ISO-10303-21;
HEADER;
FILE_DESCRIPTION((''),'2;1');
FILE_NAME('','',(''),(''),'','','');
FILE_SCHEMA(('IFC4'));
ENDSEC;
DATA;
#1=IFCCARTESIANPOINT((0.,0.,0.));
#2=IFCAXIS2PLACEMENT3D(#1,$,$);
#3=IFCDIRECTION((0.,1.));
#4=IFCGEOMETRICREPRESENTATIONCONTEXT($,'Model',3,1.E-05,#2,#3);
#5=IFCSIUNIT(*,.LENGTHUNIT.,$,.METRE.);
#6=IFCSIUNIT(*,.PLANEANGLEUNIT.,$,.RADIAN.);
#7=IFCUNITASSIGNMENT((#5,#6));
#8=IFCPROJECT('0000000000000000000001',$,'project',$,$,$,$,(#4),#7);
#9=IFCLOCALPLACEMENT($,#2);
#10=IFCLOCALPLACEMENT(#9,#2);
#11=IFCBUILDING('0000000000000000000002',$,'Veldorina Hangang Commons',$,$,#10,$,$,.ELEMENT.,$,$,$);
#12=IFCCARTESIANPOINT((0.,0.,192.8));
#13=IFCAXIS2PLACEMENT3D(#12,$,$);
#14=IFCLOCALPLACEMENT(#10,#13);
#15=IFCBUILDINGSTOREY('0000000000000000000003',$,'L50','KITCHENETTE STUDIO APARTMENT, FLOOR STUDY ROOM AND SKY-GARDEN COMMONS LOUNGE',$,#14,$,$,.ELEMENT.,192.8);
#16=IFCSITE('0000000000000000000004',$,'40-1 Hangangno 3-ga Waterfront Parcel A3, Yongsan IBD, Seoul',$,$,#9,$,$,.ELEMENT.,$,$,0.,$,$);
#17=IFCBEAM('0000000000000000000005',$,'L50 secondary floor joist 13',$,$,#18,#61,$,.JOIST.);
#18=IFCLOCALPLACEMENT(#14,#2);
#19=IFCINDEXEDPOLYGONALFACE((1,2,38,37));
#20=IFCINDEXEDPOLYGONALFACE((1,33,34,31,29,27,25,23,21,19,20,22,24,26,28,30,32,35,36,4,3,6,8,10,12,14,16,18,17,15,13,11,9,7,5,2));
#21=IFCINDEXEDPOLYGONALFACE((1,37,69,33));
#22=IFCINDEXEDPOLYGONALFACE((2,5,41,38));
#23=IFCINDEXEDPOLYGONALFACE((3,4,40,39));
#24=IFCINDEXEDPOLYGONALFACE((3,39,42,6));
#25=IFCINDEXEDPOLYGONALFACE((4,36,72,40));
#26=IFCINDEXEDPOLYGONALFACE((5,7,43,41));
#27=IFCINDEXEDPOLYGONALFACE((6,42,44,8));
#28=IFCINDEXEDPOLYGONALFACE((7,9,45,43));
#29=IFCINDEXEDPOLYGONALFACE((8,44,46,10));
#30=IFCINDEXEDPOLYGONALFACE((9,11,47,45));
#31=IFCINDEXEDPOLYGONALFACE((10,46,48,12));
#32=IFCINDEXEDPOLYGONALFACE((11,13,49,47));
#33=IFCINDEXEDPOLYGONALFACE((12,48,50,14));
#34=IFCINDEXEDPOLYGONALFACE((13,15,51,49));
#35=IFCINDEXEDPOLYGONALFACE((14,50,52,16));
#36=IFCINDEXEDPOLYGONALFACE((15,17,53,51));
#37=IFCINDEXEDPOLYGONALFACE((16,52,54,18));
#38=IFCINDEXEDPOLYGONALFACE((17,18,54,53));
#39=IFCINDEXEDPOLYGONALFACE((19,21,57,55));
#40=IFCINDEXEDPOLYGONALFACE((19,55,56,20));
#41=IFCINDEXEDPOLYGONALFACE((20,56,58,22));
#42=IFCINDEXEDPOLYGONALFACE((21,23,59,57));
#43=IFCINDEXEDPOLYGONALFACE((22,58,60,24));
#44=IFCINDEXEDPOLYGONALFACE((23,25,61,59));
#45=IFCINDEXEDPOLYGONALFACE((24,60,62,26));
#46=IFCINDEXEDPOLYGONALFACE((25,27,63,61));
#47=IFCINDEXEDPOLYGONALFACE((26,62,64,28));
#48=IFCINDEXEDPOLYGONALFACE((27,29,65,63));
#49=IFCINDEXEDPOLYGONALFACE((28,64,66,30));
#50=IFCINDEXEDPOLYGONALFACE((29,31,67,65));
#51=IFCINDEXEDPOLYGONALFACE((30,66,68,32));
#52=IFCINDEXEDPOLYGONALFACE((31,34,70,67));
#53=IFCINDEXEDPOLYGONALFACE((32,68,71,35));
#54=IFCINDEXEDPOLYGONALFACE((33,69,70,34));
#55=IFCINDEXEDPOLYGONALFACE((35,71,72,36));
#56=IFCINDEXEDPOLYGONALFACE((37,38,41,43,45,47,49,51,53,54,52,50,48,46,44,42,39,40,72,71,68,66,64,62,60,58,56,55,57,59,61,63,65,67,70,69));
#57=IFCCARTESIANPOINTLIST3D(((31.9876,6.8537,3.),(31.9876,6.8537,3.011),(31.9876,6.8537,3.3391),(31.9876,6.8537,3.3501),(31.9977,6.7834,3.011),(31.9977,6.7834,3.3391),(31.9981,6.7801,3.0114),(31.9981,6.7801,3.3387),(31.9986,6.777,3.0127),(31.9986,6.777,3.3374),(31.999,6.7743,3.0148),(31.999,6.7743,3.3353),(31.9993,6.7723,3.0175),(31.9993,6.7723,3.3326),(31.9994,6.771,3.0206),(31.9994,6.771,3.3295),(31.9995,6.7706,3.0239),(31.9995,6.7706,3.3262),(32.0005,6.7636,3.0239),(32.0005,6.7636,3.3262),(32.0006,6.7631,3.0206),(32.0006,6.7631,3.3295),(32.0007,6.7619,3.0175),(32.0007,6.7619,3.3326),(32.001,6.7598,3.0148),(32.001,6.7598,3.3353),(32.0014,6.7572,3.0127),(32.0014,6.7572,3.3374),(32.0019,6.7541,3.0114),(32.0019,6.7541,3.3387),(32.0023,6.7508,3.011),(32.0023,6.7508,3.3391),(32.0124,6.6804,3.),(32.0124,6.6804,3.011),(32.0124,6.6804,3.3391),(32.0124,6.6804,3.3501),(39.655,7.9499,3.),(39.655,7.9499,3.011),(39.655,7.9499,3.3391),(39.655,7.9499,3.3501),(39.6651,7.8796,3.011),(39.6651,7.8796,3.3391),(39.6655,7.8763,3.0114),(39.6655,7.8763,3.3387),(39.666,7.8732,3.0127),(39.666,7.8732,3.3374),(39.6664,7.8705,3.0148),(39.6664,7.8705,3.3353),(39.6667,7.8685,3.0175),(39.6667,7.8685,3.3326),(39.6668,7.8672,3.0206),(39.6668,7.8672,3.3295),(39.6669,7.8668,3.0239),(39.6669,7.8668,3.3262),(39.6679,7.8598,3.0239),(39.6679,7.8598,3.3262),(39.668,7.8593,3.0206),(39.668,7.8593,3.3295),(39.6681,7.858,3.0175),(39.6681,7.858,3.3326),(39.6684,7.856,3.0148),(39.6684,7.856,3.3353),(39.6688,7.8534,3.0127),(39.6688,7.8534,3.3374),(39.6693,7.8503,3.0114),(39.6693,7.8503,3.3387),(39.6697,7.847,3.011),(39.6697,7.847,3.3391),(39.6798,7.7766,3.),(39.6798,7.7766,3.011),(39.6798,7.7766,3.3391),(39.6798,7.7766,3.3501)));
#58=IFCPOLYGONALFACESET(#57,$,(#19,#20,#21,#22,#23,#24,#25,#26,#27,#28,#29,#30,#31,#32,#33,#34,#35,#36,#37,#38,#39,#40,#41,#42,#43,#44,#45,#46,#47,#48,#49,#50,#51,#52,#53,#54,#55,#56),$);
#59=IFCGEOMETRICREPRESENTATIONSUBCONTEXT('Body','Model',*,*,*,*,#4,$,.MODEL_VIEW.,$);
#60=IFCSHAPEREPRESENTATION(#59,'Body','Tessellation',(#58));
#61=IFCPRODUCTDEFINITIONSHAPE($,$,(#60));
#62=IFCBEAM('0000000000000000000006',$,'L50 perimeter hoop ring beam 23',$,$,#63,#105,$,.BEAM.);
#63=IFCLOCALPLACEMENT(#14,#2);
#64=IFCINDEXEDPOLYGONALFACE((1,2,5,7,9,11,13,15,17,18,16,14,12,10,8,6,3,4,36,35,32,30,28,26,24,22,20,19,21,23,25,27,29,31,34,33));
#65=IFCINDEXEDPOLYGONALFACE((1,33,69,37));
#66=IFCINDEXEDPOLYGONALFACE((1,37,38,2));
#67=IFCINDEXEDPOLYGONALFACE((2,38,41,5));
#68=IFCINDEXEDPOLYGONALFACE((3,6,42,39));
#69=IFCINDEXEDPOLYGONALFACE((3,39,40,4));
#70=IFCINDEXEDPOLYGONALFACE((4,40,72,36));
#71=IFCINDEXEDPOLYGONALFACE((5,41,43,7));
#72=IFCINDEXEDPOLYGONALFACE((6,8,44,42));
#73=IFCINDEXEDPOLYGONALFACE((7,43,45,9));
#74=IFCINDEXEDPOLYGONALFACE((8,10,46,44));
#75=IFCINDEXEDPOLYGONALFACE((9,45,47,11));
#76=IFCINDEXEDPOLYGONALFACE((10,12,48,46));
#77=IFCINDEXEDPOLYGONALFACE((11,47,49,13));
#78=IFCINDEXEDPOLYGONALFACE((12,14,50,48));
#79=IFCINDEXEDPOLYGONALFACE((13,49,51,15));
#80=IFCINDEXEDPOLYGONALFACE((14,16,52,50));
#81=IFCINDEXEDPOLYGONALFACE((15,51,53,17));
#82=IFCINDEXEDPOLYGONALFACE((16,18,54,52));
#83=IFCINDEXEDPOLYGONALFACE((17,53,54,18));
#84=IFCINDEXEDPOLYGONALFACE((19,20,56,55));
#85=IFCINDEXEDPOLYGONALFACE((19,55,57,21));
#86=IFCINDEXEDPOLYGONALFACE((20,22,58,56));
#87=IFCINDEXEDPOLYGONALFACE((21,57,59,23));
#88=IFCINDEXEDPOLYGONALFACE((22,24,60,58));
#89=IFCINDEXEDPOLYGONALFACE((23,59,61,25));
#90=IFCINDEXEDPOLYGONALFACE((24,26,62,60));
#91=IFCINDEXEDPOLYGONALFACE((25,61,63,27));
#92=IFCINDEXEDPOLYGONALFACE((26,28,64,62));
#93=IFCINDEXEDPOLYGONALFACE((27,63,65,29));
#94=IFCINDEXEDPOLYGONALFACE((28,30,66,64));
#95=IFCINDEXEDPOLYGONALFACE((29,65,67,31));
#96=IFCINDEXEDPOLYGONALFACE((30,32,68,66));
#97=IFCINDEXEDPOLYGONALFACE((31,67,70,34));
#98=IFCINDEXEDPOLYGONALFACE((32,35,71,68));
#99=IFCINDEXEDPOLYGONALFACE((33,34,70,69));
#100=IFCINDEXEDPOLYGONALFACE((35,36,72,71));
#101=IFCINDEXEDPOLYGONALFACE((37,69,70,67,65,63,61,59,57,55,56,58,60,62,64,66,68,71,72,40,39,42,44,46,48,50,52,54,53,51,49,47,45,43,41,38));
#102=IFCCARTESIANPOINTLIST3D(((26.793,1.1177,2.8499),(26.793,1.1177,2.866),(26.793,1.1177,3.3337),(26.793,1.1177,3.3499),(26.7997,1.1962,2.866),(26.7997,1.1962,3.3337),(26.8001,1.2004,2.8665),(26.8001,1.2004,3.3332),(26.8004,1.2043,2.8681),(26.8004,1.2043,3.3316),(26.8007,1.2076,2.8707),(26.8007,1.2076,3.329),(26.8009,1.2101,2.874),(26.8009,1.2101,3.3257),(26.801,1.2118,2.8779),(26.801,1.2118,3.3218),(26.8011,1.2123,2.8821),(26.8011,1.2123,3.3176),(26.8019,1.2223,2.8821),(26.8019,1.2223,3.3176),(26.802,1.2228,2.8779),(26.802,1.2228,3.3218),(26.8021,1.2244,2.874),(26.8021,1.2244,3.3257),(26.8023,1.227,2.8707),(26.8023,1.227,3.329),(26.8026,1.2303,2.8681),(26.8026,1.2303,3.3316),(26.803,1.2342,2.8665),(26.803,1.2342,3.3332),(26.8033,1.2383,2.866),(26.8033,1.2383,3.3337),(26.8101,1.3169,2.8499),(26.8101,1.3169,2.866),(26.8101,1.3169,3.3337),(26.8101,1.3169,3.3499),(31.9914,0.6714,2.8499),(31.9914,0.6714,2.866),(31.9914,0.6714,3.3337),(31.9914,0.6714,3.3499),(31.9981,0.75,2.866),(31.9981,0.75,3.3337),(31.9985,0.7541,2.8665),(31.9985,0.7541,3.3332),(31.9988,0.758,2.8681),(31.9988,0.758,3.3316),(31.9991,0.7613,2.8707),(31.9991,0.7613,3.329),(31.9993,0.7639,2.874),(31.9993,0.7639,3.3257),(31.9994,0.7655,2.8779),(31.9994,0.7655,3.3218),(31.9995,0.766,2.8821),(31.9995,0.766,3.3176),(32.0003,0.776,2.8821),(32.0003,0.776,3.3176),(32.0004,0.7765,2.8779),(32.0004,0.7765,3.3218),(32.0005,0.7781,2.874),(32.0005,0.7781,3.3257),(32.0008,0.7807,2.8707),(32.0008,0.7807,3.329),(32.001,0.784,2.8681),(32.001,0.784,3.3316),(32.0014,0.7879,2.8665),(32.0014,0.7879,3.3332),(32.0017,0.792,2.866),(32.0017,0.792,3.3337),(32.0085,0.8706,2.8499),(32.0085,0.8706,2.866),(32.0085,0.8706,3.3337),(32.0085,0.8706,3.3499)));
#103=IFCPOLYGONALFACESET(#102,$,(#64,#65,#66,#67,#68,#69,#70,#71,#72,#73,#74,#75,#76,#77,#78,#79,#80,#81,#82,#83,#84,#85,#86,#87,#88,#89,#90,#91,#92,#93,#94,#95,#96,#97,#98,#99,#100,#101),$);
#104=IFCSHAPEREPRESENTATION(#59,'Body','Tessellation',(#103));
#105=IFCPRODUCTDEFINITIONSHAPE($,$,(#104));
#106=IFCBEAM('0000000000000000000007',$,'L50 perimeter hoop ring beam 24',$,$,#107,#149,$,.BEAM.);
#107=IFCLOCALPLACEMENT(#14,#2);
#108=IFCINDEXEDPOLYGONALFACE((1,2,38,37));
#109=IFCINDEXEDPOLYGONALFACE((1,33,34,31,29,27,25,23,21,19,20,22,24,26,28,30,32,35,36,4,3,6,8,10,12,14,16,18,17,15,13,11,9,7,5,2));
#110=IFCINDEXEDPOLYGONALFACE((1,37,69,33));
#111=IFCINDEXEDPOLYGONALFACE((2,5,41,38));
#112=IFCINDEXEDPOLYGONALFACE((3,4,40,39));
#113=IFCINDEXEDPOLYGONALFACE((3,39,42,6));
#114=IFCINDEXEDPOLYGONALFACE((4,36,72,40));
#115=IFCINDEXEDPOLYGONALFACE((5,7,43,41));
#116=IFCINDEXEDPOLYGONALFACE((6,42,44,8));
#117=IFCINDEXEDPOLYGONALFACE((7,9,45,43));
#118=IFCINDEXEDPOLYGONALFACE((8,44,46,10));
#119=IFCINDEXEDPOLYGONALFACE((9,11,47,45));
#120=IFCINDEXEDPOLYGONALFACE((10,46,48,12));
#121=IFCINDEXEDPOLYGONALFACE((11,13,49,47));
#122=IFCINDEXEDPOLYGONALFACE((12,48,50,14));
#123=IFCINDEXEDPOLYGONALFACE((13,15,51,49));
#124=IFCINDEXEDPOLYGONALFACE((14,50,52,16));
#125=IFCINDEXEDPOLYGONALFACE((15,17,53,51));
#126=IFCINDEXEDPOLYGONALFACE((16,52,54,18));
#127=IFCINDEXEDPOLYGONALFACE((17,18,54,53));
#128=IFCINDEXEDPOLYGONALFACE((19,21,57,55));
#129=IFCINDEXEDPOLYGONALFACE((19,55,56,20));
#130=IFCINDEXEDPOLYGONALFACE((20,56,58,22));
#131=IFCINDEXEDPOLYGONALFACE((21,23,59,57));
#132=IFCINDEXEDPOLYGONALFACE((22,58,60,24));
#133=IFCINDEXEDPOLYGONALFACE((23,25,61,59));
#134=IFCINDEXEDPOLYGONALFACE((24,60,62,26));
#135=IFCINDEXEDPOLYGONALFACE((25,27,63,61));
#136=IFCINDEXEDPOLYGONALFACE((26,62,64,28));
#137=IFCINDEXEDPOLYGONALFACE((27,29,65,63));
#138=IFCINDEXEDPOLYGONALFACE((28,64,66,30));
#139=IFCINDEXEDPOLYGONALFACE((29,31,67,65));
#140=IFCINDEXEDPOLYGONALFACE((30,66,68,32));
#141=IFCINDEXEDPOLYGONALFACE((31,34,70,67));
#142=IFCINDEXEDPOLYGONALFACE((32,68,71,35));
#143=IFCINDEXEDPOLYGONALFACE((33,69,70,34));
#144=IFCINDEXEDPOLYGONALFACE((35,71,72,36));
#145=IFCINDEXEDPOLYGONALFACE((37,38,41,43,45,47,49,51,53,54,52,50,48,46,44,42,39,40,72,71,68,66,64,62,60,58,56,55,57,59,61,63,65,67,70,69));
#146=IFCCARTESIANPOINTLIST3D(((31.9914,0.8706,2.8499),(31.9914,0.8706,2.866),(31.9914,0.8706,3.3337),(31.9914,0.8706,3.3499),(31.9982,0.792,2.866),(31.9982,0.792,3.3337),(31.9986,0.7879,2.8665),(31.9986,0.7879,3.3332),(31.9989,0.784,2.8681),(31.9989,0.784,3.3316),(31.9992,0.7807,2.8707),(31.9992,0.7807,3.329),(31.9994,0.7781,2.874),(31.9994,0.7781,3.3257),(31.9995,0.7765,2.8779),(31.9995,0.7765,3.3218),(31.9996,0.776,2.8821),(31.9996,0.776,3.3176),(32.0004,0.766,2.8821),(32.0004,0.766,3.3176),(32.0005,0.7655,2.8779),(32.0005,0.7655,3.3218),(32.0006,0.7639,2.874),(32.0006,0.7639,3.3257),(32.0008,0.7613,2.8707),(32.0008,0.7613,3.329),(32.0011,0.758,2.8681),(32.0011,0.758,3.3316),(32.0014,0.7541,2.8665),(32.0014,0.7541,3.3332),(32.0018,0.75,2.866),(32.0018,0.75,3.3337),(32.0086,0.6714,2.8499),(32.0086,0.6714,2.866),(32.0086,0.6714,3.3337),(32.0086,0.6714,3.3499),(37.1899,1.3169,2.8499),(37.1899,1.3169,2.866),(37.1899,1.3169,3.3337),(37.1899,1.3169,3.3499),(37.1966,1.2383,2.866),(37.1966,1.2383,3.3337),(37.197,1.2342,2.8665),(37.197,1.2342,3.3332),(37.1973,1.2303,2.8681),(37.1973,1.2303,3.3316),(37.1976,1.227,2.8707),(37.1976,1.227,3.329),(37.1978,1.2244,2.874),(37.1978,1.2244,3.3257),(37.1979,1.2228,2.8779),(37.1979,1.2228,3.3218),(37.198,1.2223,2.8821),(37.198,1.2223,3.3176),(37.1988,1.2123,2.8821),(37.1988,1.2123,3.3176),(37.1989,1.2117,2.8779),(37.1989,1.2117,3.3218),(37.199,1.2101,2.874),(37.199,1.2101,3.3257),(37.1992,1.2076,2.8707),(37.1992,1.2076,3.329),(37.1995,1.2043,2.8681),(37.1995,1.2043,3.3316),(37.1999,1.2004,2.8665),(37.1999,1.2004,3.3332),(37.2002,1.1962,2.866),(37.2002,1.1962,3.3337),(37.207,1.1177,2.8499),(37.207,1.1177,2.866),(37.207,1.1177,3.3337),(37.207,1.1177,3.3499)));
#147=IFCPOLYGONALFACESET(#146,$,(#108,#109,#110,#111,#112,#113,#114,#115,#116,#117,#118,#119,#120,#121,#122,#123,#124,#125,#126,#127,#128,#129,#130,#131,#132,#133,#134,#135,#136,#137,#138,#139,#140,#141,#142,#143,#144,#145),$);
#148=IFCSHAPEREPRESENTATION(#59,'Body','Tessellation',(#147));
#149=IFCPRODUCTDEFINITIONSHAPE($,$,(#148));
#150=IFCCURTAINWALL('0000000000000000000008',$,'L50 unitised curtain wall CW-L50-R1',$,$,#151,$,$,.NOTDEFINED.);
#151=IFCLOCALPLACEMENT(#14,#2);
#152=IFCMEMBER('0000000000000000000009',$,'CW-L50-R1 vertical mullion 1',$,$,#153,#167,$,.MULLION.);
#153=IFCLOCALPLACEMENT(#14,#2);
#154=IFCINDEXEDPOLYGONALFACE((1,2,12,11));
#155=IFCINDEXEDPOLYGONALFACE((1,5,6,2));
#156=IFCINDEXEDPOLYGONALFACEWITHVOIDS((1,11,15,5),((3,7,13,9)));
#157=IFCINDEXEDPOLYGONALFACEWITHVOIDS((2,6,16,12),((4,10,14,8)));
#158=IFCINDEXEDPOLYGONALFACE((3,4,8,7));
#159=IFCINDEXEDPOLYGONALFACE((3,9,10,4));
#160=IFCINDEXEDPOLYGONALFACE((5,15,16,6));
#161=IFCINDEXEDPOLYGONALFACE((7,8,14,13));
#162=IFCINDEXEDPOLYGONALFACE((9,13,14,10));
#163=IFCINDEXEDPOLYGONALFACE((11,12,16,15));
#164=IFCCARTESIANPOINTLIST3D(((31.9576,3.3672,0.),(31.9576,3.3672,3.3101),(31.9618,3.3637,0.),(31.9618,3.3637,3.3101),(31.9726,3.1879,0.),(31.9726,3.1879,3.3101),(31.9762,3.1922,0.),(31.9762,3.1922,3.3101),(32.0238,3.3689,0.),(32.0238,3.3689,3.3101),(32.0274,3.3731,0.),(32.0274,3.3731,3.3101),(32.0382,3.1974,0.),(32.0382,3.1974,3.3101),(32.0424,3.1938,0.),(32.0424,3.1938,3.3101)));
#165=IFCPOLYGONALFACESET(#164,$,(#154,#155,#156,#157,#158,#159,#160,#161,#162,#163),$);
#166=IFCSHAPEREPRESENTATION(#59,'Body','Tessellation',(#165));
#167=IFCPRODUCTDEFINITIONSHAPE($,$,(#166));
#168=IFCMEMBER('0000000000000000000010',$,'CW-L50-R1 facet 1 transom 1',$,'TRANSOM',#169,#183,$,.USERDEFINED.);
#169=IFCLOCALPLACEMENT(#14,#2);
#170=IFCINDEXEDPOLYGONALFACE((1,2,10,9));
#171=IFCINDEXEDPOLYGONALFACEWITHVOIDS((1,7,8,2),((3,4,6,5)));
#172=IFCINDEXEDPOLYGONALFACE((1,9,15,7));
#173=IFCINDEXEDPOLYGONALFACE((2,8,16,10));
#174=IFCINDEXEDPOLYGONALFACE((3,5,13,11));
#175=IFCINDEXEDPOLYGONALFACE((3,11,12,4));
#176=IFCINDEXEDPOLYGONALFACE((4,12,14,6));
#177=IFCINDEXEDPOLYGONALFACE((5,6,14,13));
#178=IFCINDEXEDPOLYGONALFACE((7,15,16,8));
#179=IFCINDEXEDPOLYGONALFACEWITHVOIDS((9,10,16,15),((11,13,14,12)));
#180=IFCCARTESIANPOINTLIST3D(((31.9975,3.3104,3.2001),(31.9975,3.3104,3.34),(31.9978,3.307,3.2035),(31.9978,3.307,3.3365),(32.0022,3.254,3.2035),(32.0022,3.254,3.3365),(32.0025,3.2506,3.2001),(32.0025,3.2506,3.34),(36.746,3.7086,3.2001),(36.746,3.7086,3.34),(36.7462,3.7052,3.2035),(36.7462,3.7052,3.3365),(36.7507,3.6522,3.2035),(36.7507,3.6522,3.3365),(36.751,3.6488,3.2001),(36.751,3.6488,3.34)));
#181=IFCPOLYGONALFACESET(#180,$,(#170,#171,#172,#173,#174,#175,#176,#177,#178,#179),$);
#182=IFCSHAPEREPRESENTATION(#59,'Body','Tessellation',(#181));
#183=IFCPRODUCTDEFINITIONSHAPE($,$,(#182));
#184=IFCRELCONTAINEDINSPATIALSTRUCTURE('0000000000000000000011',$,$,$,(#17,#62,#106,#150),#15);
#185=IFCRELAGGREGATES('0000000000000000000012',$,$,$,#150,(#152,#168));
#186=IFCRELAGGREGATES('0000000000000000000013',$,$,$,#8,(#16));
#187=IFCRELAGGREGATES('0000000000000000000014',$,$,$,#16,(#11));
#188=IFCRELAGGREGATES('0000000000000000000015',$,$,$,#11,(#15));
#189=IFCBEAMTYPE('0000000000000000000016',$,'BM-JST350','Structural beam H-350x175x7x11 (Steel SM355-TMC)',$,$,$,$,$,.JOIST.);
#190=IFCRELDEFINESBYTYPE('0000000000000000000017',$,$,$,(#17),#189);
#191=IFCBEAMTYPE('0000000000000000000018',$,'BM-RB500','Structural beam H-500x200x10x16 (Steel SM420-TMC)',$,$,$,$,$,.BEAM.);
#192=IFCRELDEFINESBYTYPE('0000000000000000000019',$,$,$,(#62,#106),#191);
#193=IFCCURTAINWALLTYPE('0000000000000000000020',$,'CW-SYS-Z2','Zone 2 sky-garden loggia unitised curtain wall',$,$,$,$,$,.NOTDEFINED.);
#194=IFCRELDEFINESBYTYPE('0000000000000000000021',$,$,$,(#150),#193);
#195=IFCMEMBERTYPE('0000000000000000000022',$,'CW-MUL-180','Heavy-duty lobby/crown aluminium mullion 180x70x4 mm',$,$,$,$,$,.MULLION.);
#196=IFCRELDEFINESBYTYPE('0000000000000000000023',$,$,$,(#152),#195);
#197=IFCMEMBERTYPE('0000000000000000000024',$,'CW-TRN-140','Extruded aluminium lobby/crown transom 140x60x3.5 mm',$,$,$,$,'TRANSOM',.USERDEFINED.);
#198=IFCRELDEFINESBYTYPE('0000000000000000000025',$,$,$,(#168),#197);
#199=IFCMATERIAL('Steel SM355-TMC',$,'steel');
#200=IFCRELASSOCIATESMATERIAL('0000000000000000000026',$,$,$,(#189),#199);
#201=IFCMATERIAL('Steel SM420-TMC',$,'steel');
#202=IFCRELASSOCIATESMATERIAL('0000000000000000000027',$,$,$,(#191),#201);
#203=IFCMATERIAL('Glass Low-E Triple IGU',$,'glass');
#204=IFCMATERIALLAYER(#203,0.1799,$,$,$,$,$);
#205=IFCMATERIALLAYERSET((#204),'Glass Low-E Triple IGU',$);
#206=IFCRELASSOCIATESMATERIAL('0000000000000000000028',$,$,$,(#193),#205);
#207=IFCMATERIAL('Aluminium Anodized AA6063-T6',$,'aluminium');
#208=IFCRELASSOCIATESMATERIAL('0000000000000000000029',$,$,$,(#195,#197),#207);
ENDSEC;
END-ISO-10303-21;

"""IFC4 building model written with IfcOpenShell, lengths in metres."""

from ifc_helpers import new_model, si_unit, direction, frame, origin, origin_2d, place, context, subcontext, project, spatial, hollow_rectangle, i_section, extrude, material, layer, layer_set, material_profile, profile_set, type_object, element, aggregate, save


model = new_model("IFC4")

# Units and contexts
model_context = context("Model", 3, precision=1e-05, world=origin(), true_north=direction((0.0, 1.0)))
body_context = subcontext(model_context, "Body", "Model", "MODEL_VIEW")
ifc_project = project(units=[si_unit("LENGTHUNIT", "METRE"), si_unit("PLANEANGLEUNIT", "RADIAN")], contexts=[model_context])

# Site, building, storey
site_placement = place(None, origin())
site = spatial("IfcSite", under=ifc_project, at=site_placement, Name="40-1 Hangangno 3-ga Waterfront Parcel A3, Yongsan IBD, Seoul", CompositionType="ELEMENT", RefElevation=0.0)
building_placement = place(site_placement, origin())
building = spatial("IfcBuilding", under=site, at=building_placement, Name="Veldorina Hangang Commons", CompositionType="ELEMENT")
storey_placement = place(building_placement, frame((0.0, 0.0, 192.8)))
storey = spatial("IfcBuildingStorey", under=building, at=storey_placement, Name="L50", Description="KITCHENETTE STUDIO APARTMENT, FLOOR STUDY ROOM AND SKY-GARDEN COMMONS LOUNGE", CompositionType="ELEMENT", Elevation=192.8)

# Beams
ifc_material_1 = material(Name="Steel SM355-TMC", Category="steel")
ifc_material_profile_1 = material_profile(ifc_material_1, i_section(OverallWidth=0.175, OverallDepth=0.3501, WebThickness=0.0071, FlangeThickness=0.011, FilletRadius=0.0129, at=origin_2d()), Name="H-350x175x7x11")
ifc_profile_set_1 = profile_set([ifc_material_profile_1], Name="Steel SM355-TMC")
beam_type_1 = type_object("IfcBeamType", Name="BM-JST350", Description="Structural beam H-350x175x7x11 (Steel SM355-TMC)", PredefinedType="JOIST", material=ifc_profile_set_1)
beam_placement = place(storey_placement, frame((32.0, 6.7671, 3.175), z_axis=(0.989934, 0.141527, 0.0), x_axis=(-0.141527, 0.989934, 0.0)))
element("IfcBeam", 1, at=beam_placement, inside=storey, type_object=beam_type_1, Name="L50 secondary floor joist 13", PredefinedType="JOIST", context=body_context, shape_type="SweptSolid", body=[
    extrude(i_section(OverallWidth=0.175, OverallDepth=0.3501, WebThickness=0.0071, FlangeThickness=0.011, FilletRadius=0.0129, at=origin_2d()), origin(), (0.0, 0.0, 1.0), 7.7454),
])
ifc_material_2 = material(Name="Steel SM420-TMC", Category="steel")
ifc_material_profile_2 = material_profile(ifc_material_2, i_section(OverallWidth=0.2, OverallDepth=0.5, WebThickness=0.01, FlangeThickness=0.0161, FilletRadius=0.0161, at=origin_2d()), Name="H-500x200x10x16")
ifc_profile_set_2 = profile_set([ifc_material_profile_2], Name="Steel SM420-TMC")
beam_type_2 = type_object("IfcBeamType", Name="BM-RB500", Description="Structural beam H-500x200x10x16 (Steel SM420-TMC)", PredefinedType="BEAM", material=ifc_profile_set_2)
for number, where, z_axis, x_axis, name in (
    (2, (26.8015, 1.2173, 3.0999), (0.996335, -0.085535, 0.0), (0.085535, 0.996335, 0.0), "L50 perimeter hoop ring beam 23"),
    (3, (32.0, 0.771, 3.0999), (0.996335, 0.085535, 0.0), (-0.085535, 0.996335, 0.0), "L50 perimeter hoop ring beam 24"),
):
    element("IfcBeam", number, at=place(storey_placement, frame(where, z_axis=z_axis, x_axis=x_axis)), inside=storey, type_object=beam_type_2, Name=name, PredefinedType="BEAM", context=body_context, shape_type="SweptSolid", body=[
        extrude(i_section(OverallWidth=0.2, OverallDepth=0.5, WebThickness=0.01, FlangeThickness=0.0161, FilletRadius=0.0161, at=origin_2d()), origin(), (0.0, 0.0, 1.0), 5.2175),
    ])

# Curtain wall, members
ifc_material_3 = material(Name="Glass Low-E Triple IGU", Category="glass")
ifc_layer_1 = layer(ifc_material_3, 0.1799)
ifc_layer_set_1 = layer_set([ifc_layer_1], Name="Glass Low-E Triple IGU")
curtain_wall_type = type_object("IfcCurtainWallType", Name="CW-SYS-Z2", Description="Zone 2 sky-garden loggia unitised curtain wall", PredefinedType="NOTDEFINED", material=ifc_layer_set_1)
curtain_wall_placement = place(storey_placement, origin())
curtain_wall = element("IfcCurtainWall", 4, at=curtain_wall_placement, inside=storey, type_object=curtain_wall_type, Name="L50 unitised curtain wall CW-L50-R1", PredefinedType="NOTDEFINED")
ifc_material_4 = material(Name="Aluminium Anodized AA6063-T6", Category="aluminium")
ifc_material_profile_3 = material_profile(ifc_material_4, hollow_rectangle(XDim=0.0701, YDim=0.1799, WallThickness=0.0039, at=origin_2d()), Name="ALU-RHS-180x70x4")
ifc_profile_set_3 = profile_set([ifc_material_profile_3], Name="Aluminium Anodized AA6063-T6")
member_type_1 = type_object("IfcMemberType", Name="CW-MUL-180", Description="Heavy-duty lobby/crown aluminium mullion 180x70x4 mm", PredefinedType="MULLION", material=ifc_profile_set_3)
member_1_placement = place(storey_placement, frame((32.0, 3.2805, 0.0), z_axis=(0.0, 0.0, 1.0), x_axis=(0.996505, 0.083539, 0.0)))
member_1 = element("IfcMember", 5, at=member_1_placement, type_object=member_type_1, Name="CW-L50-R1 vertical mullion 1", PredefinedType="MULLION", context=body_context, shape_type="SweptSolid", body=[
    extrude(hollow_rectangle(XDim=0.0701, YDim=0.1799, WallThickness=0.0039, at=origin_2d()), origin(), (0.0, 0.0, 1.0), 3.3101),
])
ifc_material_profile_4 = material_profile(ifc_material_4, hollow_rectangle(XDim=0.0601, YDim=0.1399, WallThickness=0.0034, at=origin_2d()), Name="ALU-RHS-140x60x3.5")
ifc_profile_set_4 = profile_set([ifc_material_profile_4], Name="Aluminium Anodized AA6063-T6")
member_type_2 = type_object("IfcMemberType", Name="CW-TRN-140", Description="Extruded aluminium lobby/crown transom 140x60x3.5 mm", ElementType="TRANSOM", PredefinedType="USERDEFINED", material=ifc_profile_set_4)
member_2_placement = place(storey_placement, frame((32.0, 3.2805, 3.27), z_axis=(0.996503, 0.083563, 0.0), x_axis=(-0.083563, 0.996503, 0.0)))
member_2 = element("IfcMember", 6, at=member_2_placement, type_object=member_type_2, Name="CW-L50-R1 facet 1 transom 1", ObjectType="TRANSOM", PredefinedType="USERDEFINED", context=body_context, shape_type="SweptSolid", body=[
    extrude(hollow_rectangle(XDim=0.0601, YDim=0.1399, WallThickness=0.0034, at=origin_2d()), origin(), (0.0, 0.0, 1.0), 4.7651),
])
aggregate(curtain_wall, [member_1, member_2])

save(model, "model.ifc")
